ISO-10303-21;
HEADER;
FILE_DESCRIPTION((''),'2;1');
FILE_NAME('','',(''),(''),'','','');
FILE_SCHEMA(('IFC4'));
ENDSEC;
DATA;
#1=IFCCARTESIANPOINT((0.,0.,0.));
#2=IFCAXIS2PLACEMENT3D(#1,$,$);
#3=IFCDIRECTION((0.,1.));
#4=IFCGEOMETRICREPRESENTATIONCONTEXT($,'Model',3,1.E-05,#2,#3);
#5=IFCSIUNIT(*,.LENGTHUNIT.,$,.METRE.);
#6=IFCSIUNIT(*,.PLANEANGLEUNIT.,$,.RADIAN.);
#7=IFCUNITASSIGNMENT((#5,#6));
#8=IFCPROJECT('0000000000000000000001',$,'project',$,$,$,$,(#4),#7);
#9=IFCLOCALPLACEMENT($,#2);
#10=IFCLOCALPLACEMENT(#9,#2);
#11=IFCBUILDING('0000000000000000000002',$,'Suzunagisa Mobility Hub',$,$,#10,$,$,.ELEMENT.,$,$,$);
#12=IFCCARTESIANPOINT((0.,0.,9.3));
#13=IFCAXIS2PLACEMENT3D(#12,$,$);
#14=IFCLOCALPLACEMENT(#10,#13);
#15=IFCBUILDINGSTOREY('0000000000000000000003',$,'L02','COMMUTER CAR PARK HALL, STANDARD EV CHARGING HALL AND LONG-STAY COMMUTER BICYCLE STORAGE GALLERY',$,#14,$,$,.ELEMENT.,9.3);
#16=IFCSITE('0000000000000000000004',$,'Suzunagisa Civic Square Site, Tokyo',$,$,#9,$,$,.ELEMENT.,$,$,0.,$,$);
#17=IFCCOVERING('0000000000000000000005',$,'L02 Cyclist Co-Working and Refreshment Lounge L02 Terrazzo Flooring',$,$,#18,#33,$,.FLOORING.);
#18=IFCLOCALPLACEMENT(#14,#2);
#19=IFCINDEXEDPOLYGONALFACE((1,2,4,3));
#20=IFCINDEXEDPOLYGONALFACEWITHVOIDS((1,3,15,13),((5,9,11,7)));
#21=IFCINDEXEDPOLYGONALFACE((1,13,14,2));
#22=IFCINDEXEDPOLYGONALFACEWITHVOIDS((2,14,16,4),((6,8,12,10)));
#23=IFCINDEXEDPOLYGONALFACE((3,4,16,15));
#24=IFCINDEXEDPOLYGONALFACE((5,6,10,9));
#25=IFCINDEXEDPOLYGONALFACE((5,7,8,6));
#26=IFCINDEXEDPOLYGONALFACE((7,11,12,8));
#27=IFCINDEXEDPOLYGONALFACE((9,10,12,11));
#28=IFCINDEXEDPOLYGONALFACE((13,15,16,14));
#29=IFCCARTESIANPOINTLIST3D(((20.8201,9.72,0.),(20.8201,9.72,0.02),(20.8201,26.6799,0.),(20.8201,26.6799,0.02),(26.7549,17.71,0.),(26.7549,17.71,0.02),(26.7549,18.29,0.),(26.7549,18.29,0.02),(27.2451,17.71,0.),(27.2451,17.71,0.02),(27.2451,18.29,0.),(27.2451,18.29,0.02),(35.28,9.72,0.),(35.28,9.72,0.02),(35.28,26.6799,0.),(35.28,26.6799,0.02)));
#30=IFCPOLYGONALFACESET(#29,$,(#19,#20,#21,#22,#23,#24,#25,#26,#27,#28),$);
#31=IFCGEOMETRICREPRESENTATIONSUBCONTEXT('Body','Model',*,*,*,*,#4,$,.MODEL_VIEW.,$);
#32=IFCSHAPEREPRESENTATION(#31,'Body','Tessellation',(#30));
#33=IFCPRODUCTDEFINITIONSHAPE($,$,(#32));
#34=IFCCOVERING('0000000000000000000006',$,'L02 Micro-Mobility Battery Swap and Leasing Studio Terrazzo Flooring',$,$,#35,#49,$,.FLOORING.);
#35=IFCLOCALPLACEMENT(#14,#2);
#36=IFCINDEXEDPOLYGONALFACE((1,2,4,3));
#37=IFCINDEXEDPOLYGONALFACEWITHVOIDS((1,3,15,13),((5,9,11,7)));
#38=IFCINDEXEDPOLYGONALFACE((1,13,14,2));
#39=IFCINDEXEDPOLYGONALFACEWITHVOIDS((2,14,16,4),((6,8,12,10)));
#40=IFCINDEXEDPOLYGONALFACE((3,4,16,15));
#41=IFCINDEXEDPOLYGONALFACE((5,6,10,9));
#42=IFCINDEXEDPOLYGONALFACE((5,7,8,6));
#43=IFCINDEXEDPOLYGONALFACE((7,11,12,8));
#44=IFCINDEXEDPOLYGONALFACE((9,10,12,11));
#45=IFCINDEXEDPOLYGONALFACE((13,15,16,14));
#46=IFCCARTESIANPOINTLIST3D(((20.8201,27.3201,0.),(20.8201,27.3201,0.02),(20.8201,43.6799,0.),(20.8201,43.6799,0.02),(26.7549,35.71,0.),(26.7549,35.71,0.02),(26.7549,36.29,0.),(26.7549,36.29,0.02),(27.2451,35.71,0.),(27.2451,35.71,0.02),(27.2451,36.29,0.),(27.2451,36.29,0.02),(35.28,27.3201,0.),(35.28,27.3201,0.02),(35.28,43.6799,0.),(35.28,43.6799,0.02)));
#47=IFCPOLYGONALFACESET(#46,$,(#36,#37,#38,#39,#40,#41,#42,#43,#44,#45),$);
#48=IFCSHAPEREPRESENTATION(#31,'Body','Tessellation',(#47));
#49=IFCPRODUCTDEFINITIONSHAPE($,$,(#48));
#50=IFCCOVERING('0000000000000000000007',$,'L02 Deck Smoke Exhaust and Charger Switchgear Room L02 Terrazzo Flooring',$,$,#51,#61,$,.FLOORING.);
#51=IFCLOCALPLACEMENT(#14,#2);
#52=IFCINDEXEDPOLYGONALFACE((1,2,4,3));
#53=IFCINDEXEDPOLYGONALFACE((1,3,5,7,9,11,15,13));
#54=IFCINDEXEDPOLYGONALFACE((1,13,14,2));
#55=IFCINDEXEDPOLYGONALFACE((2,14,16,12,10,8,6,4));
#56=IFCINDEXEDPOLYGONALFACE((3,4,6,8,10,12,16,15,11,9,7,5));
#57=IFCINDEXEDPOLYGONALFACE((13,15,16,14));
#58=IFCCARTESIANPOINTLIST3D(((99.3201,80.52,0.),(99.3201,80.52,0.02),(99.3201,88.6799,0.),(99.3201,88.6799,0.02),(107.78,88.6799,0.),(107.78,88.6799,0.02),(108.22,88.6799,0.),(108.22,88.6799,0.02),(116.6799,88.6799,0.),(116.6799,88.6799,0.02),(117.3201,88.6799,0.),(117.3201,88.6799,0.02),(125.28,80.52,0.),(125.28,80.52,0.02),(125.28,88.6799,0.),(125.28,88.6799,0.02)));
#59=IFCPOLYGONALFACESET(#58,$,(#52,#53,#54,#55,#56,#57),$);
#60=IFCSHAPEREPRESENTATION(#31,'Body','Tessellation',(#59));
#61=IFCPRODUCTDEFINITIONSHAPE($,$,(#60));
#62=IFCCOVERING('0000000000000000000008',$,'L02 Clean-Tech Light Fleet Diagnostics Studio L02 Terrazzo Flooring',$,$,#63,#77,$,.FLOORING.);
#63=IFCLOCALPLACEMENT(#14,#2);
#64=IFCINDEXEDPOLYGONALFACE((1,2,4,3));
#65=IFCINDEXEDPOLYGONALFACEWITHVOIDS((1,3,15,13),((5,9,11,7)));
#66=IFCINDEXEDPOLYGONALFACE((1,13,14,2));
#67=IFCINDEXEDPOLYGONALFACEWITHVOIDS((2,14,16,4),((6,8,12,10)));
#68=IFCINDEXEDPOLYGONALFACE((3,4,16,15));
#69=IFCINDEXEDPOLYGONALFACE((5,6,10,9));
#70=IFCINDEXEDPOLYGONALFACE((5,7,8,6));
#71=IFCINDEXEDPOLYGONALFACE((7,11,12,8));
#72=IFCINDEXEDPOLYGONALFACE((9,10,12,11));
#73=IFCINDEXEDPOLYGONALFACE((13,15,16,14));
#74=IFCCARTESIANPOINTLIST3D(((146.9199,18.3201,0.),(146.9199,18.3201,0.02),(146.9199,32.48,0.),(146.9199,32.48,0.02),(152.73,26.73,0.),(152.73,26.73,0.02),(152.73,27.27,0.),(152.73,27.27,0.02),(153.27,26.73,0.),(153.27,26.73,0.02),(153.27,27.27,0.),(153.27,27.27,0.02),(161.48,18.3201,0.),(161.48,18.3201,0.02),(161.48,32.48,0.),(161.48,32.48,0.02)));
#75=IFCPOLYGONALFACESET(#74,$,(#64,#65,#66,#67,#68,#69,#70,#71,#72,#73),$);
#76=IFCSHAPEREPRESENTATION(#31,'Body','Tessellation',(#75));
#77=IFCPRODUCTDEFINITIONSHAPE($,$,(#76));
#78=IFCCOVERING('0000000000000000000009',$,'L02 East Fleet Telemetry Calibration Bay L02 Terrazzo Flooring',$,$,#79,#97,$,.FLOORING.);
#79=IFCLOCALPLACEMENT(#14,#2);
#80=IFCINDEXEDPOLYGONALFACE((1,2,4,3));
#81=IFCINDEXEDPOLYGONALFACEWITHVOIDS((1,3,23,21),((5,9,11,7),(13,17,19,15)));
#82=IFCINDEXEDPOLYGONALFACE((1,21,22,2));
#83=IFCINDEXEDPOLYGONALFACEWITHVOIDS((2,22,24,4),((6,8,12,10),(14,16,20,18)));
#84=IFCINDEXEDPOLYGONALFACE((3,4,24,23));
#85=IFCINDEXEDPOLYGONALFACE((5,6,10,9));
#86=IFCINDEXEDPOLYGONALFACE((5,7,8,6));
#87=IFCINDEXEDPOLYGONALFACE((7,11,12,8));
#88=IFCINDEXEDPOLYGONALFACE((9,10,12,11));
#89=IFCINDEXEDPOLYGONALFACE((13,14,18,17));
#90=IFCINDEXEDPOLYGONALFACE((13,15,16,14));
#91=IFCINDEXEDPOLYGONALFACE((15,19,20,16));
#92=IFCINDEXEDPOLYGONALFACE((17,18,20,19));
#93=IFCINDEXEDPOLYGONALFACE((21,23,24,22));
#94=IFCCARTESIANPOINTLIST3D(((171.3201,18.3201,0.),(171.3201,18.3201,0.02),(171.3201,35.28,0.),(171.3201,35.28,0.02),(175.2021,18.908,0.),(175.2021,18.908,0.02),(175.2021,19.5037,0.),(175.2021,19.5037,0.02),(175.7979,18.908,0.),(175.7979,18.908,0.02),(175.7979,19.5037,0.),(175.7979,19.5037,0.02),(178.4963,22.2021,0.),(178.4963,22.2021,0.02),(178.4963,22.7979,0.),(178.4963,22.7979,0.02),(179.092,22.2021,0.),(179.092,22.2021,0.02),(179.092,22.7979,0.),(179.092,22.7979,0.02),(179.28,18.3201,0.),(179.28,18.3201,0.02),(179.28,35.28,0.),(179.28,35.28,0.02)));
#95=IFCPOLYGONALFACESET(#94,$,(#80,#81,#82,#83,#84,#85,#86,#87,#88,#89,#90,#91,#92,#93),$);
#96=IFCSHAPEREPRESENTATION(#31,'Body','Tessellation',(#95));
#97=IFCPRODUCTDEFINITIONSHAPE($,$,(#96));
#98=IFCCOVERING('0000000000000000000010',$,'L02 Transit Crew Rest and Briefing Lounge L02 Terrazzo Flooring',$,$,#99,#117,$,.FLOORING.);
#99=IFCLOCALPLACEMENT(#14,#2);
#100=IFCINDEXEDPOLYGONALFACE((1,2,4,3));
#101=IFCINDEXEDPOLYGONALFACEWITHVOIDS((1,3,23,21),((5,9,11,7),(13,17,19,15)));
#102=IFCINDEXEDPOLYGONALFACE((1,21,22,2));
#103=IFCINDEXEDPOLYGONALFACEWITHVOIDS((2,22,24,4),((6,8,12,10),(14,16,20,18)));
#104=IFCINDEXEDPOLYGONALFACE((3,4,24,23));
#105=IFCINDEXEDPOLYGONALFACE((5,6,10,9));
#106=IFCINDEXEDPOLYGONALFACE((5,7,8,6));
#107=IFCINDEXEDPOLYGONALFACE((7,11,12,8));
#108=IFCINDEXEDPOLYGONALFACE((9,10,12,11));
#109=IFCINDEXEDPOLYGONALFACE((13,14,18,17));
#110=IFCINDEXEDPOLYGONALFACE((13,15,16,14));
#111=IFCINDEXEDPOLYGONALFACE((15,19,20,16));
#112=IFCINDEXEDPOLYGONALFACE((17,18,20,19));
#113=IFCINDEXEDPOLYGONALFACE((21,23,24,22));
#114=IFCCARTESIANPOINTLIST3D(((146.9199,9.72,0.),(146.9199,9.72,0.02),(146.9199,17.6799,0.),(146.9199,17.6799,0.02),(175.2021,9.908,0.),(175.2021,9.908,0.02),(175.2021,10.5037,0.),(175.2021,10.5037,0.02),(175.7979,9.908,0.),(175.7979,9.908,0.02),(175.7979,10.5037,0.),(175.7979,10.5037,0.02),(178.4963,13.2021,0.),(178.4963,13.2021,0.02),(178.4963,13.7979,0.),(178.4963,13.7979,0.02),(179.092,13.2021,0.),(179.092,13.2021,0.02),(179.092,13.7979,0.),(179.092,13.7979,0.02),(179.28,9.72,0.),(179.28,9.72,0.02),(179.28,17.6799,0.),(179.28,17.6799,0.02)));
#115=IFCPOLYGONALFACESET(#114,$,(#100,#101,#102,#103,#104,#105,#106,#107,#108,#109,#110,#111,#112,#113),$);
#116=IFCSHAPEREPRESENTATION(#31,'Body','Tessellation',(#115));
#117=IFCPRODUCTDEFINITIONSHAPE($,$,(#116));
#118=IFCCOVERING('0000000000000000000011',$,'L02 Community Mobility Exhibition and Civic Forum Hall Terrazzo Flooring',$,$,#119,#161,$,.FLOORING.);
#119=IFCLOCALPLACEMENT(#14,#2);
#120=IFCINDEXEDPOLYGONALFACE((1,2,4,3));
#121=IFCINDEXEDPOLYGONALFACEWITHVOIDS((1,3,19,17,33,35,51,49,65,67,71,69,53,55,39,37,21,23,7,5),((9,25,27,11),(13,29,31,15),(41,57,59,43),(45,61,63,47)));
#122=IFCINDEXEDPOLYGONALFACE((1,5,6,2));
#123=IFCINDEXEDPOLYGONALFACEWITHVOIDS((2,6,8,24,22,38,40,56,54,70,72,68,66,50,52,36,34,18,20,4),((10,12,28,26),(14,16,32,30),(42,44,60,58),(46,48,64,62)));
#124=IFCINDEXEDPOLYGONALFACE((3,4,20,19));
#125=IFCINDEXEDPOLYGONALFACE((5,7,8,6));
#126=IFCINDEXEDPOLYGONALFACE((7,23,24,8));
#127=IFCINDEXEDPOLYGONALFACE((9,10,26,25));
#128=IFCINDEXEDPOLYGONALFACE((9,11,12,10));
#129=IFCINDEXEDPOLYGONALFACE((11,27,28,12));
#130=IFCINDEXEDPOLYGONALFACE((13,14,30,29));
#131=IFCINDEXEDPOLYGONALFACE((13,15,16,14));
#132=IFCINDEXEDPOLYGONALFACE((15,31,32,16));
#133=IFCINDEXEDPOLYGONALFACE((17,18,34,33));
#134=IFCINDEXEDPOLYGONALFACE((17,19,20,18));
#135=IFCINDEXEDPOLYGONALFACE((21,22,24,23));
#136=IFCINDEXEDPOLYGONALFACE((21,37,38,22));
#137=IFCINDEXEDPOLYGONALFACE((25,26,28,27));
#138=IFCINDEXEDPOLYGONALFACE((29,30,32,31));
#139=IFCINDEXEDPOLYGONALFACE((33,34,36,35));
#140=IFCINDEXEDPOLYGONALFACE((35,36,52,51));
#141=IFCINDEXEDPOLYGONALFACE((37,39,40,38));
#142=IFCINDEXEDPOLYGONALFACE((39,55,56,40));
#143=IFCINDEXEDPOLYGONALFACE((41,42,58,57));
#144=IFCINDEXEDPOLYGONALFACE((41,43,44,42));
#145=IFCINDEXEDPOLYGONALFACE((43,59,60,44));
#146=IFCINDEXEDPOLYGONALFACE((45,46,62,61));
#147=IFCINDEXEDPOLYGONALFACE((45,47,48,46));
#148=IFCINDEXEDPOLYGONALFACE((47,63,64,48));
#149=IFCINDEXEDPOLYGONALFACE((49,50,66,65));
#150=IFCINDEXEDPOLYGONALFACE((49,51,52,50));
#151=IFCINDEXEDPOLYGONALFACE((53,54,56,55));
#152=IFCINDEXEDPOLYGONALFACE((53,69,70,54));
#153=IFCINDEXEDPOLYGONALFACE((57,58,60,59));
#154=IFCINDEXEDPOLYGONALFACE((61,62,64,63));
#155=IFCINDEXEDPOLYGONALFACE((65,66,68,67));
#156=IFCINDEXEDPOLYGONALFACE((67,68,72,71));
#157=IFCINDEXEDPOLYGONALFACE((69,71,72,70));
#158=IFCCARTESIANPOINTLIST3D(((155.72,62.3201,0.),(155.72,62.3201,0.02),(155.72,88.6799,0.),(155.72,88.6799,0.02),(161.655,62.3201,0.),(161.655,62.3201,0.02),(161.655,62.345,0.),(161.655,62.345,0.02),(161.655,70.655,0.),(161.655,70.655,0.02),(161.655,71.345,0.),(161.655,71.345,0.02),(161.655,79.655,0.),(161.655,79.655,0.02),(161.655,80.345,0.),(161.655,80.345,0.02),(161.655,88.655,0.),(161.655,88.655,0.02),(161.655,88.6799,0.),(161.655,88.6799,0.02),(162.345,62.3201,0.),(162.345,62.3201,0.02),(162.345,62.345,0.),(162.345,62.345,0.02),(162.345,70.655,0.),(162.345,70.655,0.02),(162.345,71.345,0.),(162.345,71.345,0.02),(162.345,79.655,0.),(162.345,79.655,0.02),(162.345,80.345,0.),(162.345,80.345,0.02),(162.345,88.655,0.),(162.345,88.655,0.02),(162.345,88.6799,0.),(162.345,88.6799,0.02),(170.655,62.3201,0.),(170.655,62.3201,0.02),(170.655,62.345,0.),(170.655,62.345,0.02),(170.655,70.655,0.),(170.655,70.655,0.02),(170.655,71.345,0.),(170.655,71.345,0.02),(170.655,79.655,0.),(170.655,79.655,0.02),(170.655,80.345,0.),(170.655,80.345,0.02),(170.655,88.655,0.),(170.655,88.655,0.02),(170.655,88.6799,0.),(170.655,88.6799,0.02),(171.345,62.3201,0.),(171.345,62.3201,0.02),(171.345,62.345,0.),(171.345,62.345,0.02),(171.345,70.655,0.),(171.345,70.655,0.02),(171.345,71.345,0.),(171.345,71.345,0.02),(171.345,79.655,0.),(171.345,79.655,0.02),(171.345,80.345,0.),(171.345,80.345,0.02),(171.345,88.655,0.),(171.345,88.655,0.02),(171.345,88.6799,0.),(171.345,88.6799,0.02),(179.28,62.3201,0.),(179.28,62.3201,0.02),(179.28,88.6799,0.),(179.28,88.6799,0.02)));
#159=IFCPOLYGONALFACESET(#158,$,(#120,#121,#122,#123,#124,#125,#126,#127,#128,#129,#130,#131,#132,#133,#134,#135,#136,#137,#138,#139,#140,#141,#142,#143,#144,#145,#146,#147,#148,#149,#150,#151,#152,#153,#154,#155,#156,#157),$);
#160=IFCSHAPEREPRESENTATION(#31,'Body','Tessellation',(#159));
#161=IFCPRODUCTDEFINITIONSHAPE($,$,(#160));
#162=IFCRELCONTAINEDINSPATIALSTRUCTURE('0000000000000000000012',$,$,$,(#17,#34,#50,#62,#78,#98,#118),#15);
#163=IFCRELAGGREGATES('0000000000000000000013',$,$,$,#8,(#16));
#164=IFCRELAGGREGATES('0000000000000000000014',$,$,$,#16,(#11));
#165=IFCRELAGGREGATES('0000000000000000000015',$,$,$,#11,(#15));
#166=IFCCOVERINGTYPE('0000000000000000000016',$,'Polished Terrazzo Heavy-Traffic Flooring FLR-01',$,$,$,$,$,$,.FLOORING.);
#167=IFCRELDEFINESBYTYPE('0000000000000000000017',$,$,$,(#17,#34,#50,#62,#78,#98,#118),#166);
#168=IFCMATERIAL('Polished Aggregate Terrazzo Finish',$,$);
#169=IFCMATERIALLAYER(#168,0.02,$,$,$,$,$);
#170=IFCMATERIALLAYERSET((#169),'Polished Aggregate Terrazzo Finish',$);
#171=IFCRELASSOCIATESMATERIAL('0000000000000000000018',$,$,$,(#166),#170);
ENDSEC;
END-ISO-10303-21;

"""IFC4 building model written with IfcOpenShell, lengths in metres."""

from ifc_helpers import new_model, si_unit, direction, frame, origin, place, context, subcontext, project, spatial, polyline, outline, extrude, material, layer, layer_set, type_object, element, save


model = new_model("IFC4")

# Units and contexts
model_context = context("Model", 3, precision=1e-05, world=origin(), true_north=direction((0.0, 1.0)))
body_context = subcontext(model_context, "Body", "Model", "MODEL_VIEW")
ifc_project = project(units=[si_unit("LENGTHUNIT", "METRE"), si_unit("PLANEANGLEUNIT", "RADIAN")], contexts=[model_context])

# Site, building, storey
site_placement = place(None, origin())
site = spatial("IfcSite", under=ifc_project, at=site_placement, Name="Suzunagisa Civic Square Site, Tokyo", CompositionType="ELEMENT", RefElevation=0.0)
building_placement = place(site_placement, origin())
building = spatial("IfcBuilding", under=site, at=building_placement, Name="Suzunagisa Mobility Hub", CompositionType="ELEMENT")
storey_placement = place(building_placement, frame((0.0, 0.0, 9.3)))
storey = spatial("IfcBuildingStorey", under=building, at=storey_placement, Name="L02", Description="COMMUTER CAR PARK HALL, STANDARD EV CHARGING HALL AND LONG-STAY COMMUTER BICYCLE STORAGE GALLERY", CompositionType="ELEMENT", Elevation=9.3)

# Coverings
ifc_material_1 = material(Name="Polished Aggregate Terrazzo Finish")
ifc_layer_1 = layer(ifc_material_1, 0.02)
ifc_layer_set_1 = layer_set([ifc_layer_1], Name="Polished Aggregate Terrazzo Finish")
covering_type_1 = type_object("IfcCoveringType", Name="Polished Terrazzo Heavy-Traffic Flooring FLR-01", PredefinedType="FLOORING", material=ifc_layer_set_1)
covering_1_placement = place(storey_placement, origin())
element("IfcCovering", 1, at=covering_1_placement, inside=storey, type_object=covering_type_1, Name="L02 Cyclist Co-Working and Refreshment Lounge L02 Terrazzo Flooring", PredefinedType="FLOORING", context=body_context, shape_type="SweptSolid", body=[
    extrude(outline(polyline([(35.28, 26.6799), (35.28, 9.72), (20.8201, 9.72), (20.8201, 26.6799), (35.28, 26.6799)]), holes=[polyline([(27.2451, 18.29), (26.7549, 18.29), (26.7549, 17.71), (27.2451, 17.71), (27.2451, 18.29)])]), origin(), (0.0, 0.0, 1.0), 0.02),
])
covering_2_placement = place(storey_placement, origin())
element("IfcCovering", 2, at=covering_2_placement, inside=storey, type_object=covering_type_1, Name="L02 Micro-Mobility Battery Swap and Leasing Studio Terrazzo Flooring", PredefinedType="FLOORING", context=body_context, shape_type="SweptSolid", body=[
    extrude(outline(polyline([(35.28, 27.3201), (20.8201, 27.3201), (20.8201, 43.6799), (35.28, 43.6799), (35.28, 27.3201)]), holes=[polyline([(27.2451, 36.29), (26.7549, 36.29), (26.7549, 35.71), (27.2451, 35.71), (27.2451, 36.29)])]), origin(), (0.0, 0.0, 1.0), 0.02),
])
covering_3_placement = place(storey_placement, origin())
element("IfcCovering", 3, at=covering_3_placement, inside=storey, type_object=covering_type_1, Name="L02 Deck Smoke Exhaust and Charger Switchgear Room L02 Terrazzo Flooring", PredefinedType="FLOORING", context=body_context, shape_type="SweptSolid", body=[
    extrude(outline(polyline([(99.3201, 88.6799), (107.78, 88.6799), (108.22, 88.6799), (116.6799, 88.6799), (117.3201, 88.6799), (125.28, 88.6799), (125.28, 80.52), (99.3201, 80.52), (99.3201, 88.6799)])), origin(), (0.0, 0.0, 1.0), 0.02),
])
covering_4_placement = place(storey_placement, origin())
element("IfcCovering", 4, at=covering_4_placement, inside=storey, type_object=covering_type_1, Name="L02 Clean-Tech Light Fleet Diagnostics Studio L02 Terrazzo Flooring", PredefinedType="FLOORING", context=body_context, shape_type="SweptSolid", body=[
    extrude(outline(polyline([(161.48, 18.3201), (146.9199, 18.3201), (146.9199, 32.48), (161.48, 32.48), (161.48, 18.3201)]), holes=[polyline([(153.27, 27.27), (152.73, 27.27), (152.73, 26.73), (153.27, 26.73), (153.27, 27.27)])]), origin(), (0.0, 0.0, 1.0), 0.02),
])
covering_5_placement = place(storey_placement, origin())
element("IfcCovering", 5, at=covering_5_placement, inside=storey, type_object=covering_type_1, Name="L02 East Fleet Telemetry Calibration Bay L02 Terrazzo Flooring", PredefinedType="FLOORING", context=body_context, shape_type="SweptSolid", body=[
    extrude(outline(polyline([(171.3201, 18.3201), (171.3201, 35.28), (179.28, 35.28), (179.28, 18.3201), (171.3201, 18.3201)]), holes=[polyline([(175.7979, 19.5037), (175.2021, 19.5037), (175.2021, 18.908), (175.7979, 18.908), (175.7979, 19.5037)]), polyline([(179.092, 22.2021), (179.092, 22.7979), (178.4963, 22.7979), (178.4963, 22.2021), (179.092, 22.2021)])]), origin(), (0.0, 0.0, 1.0), 0.02),
])
covering_6_placement = place(storey_placement, origin())
element("IfcCovering", 6, at=covering_6_placement, inside=storey, type_object=covering_type_1, Name="L02 Transit Crew Rest and Briefing Lounge L02 Terrazzo Flooring", PredefinedType="FLOORING", context=body_context, shape_type="SweptSolid", body=[
    extrude(outline(polyline([(146.9199, 17.6799), (179.28, 17.6799), (179.28, 9.72), (146.9199, 9.72), (146.9199, 17.6799)]), holes=[polyline([(175.7979, 10.5037), (175.2021, 10.5037), (175.2021, 9.908), (175.7979, 9.908), (175.7979, 10.5037)]), polyline([(179.092, 13.2021), (179.092, 13.7979), (178.4963, 13.7979), (178.4963, 13.2021), (179.092, 13.2021)])]), origin(), (0.0, 0.0, 1.0), 0.02),
])
covering_7_placement = place(storey_placement, origin())
element("IfcCovering", 7, at=covering_7_placement, inside=storey, type_object=covering_type_1, Name="L02 Community Mobility Exhibition and Civic Forum Hall Terrazzo Flooring", PredefinedType="FLOORING", context=body_context, shape_type="SweptSolid", body=[
    extrude(outline(polyline([(155.72, 62.3201), (155.72, 88.6799), (161.655, 88.6799), (161.655, 88.655), (162.345, 88.655), (162.345, 88.6799), (170.655, 88.6799), (170.655, 88.655), (171.345, 88.655), (171.345, 88.6799), (179.28, 88.6799), (179.28, 62.3201), (171.345, 62.3201), (171.345, 62.345), (170.655, 62.345), (170.655, 62.3201), (162.345, 62.3201), (162.345, 62.345), (161.655, 62.345), (161.655, 62.3201), (155.72, 62.3201)]), holes=[polyline([(161.655, 71.345), (161.655, 70.655), (162.345, 70.655), (162.345, 71.345), (161.655, 71.345)]), polyline([(162.345, 80.345), (161.655, 80.345), (161.655, 79.655), (162.345, 79.655), (162.345, 80.345)]), polyline([(170.655, 71.345), (170.655, 70.655), (171.345, 70.655), (171.345, 71.345), (170.655, 71.345)]), polyline([(171.345, 80.345), (170.655, 80.345), (170.655, 79.655), (171.345, 79.655), (171.345, 80.345)])]), origin(), (0.0, 0.0, 1.0), 0.02),
])

save(model, "model.ifc")
